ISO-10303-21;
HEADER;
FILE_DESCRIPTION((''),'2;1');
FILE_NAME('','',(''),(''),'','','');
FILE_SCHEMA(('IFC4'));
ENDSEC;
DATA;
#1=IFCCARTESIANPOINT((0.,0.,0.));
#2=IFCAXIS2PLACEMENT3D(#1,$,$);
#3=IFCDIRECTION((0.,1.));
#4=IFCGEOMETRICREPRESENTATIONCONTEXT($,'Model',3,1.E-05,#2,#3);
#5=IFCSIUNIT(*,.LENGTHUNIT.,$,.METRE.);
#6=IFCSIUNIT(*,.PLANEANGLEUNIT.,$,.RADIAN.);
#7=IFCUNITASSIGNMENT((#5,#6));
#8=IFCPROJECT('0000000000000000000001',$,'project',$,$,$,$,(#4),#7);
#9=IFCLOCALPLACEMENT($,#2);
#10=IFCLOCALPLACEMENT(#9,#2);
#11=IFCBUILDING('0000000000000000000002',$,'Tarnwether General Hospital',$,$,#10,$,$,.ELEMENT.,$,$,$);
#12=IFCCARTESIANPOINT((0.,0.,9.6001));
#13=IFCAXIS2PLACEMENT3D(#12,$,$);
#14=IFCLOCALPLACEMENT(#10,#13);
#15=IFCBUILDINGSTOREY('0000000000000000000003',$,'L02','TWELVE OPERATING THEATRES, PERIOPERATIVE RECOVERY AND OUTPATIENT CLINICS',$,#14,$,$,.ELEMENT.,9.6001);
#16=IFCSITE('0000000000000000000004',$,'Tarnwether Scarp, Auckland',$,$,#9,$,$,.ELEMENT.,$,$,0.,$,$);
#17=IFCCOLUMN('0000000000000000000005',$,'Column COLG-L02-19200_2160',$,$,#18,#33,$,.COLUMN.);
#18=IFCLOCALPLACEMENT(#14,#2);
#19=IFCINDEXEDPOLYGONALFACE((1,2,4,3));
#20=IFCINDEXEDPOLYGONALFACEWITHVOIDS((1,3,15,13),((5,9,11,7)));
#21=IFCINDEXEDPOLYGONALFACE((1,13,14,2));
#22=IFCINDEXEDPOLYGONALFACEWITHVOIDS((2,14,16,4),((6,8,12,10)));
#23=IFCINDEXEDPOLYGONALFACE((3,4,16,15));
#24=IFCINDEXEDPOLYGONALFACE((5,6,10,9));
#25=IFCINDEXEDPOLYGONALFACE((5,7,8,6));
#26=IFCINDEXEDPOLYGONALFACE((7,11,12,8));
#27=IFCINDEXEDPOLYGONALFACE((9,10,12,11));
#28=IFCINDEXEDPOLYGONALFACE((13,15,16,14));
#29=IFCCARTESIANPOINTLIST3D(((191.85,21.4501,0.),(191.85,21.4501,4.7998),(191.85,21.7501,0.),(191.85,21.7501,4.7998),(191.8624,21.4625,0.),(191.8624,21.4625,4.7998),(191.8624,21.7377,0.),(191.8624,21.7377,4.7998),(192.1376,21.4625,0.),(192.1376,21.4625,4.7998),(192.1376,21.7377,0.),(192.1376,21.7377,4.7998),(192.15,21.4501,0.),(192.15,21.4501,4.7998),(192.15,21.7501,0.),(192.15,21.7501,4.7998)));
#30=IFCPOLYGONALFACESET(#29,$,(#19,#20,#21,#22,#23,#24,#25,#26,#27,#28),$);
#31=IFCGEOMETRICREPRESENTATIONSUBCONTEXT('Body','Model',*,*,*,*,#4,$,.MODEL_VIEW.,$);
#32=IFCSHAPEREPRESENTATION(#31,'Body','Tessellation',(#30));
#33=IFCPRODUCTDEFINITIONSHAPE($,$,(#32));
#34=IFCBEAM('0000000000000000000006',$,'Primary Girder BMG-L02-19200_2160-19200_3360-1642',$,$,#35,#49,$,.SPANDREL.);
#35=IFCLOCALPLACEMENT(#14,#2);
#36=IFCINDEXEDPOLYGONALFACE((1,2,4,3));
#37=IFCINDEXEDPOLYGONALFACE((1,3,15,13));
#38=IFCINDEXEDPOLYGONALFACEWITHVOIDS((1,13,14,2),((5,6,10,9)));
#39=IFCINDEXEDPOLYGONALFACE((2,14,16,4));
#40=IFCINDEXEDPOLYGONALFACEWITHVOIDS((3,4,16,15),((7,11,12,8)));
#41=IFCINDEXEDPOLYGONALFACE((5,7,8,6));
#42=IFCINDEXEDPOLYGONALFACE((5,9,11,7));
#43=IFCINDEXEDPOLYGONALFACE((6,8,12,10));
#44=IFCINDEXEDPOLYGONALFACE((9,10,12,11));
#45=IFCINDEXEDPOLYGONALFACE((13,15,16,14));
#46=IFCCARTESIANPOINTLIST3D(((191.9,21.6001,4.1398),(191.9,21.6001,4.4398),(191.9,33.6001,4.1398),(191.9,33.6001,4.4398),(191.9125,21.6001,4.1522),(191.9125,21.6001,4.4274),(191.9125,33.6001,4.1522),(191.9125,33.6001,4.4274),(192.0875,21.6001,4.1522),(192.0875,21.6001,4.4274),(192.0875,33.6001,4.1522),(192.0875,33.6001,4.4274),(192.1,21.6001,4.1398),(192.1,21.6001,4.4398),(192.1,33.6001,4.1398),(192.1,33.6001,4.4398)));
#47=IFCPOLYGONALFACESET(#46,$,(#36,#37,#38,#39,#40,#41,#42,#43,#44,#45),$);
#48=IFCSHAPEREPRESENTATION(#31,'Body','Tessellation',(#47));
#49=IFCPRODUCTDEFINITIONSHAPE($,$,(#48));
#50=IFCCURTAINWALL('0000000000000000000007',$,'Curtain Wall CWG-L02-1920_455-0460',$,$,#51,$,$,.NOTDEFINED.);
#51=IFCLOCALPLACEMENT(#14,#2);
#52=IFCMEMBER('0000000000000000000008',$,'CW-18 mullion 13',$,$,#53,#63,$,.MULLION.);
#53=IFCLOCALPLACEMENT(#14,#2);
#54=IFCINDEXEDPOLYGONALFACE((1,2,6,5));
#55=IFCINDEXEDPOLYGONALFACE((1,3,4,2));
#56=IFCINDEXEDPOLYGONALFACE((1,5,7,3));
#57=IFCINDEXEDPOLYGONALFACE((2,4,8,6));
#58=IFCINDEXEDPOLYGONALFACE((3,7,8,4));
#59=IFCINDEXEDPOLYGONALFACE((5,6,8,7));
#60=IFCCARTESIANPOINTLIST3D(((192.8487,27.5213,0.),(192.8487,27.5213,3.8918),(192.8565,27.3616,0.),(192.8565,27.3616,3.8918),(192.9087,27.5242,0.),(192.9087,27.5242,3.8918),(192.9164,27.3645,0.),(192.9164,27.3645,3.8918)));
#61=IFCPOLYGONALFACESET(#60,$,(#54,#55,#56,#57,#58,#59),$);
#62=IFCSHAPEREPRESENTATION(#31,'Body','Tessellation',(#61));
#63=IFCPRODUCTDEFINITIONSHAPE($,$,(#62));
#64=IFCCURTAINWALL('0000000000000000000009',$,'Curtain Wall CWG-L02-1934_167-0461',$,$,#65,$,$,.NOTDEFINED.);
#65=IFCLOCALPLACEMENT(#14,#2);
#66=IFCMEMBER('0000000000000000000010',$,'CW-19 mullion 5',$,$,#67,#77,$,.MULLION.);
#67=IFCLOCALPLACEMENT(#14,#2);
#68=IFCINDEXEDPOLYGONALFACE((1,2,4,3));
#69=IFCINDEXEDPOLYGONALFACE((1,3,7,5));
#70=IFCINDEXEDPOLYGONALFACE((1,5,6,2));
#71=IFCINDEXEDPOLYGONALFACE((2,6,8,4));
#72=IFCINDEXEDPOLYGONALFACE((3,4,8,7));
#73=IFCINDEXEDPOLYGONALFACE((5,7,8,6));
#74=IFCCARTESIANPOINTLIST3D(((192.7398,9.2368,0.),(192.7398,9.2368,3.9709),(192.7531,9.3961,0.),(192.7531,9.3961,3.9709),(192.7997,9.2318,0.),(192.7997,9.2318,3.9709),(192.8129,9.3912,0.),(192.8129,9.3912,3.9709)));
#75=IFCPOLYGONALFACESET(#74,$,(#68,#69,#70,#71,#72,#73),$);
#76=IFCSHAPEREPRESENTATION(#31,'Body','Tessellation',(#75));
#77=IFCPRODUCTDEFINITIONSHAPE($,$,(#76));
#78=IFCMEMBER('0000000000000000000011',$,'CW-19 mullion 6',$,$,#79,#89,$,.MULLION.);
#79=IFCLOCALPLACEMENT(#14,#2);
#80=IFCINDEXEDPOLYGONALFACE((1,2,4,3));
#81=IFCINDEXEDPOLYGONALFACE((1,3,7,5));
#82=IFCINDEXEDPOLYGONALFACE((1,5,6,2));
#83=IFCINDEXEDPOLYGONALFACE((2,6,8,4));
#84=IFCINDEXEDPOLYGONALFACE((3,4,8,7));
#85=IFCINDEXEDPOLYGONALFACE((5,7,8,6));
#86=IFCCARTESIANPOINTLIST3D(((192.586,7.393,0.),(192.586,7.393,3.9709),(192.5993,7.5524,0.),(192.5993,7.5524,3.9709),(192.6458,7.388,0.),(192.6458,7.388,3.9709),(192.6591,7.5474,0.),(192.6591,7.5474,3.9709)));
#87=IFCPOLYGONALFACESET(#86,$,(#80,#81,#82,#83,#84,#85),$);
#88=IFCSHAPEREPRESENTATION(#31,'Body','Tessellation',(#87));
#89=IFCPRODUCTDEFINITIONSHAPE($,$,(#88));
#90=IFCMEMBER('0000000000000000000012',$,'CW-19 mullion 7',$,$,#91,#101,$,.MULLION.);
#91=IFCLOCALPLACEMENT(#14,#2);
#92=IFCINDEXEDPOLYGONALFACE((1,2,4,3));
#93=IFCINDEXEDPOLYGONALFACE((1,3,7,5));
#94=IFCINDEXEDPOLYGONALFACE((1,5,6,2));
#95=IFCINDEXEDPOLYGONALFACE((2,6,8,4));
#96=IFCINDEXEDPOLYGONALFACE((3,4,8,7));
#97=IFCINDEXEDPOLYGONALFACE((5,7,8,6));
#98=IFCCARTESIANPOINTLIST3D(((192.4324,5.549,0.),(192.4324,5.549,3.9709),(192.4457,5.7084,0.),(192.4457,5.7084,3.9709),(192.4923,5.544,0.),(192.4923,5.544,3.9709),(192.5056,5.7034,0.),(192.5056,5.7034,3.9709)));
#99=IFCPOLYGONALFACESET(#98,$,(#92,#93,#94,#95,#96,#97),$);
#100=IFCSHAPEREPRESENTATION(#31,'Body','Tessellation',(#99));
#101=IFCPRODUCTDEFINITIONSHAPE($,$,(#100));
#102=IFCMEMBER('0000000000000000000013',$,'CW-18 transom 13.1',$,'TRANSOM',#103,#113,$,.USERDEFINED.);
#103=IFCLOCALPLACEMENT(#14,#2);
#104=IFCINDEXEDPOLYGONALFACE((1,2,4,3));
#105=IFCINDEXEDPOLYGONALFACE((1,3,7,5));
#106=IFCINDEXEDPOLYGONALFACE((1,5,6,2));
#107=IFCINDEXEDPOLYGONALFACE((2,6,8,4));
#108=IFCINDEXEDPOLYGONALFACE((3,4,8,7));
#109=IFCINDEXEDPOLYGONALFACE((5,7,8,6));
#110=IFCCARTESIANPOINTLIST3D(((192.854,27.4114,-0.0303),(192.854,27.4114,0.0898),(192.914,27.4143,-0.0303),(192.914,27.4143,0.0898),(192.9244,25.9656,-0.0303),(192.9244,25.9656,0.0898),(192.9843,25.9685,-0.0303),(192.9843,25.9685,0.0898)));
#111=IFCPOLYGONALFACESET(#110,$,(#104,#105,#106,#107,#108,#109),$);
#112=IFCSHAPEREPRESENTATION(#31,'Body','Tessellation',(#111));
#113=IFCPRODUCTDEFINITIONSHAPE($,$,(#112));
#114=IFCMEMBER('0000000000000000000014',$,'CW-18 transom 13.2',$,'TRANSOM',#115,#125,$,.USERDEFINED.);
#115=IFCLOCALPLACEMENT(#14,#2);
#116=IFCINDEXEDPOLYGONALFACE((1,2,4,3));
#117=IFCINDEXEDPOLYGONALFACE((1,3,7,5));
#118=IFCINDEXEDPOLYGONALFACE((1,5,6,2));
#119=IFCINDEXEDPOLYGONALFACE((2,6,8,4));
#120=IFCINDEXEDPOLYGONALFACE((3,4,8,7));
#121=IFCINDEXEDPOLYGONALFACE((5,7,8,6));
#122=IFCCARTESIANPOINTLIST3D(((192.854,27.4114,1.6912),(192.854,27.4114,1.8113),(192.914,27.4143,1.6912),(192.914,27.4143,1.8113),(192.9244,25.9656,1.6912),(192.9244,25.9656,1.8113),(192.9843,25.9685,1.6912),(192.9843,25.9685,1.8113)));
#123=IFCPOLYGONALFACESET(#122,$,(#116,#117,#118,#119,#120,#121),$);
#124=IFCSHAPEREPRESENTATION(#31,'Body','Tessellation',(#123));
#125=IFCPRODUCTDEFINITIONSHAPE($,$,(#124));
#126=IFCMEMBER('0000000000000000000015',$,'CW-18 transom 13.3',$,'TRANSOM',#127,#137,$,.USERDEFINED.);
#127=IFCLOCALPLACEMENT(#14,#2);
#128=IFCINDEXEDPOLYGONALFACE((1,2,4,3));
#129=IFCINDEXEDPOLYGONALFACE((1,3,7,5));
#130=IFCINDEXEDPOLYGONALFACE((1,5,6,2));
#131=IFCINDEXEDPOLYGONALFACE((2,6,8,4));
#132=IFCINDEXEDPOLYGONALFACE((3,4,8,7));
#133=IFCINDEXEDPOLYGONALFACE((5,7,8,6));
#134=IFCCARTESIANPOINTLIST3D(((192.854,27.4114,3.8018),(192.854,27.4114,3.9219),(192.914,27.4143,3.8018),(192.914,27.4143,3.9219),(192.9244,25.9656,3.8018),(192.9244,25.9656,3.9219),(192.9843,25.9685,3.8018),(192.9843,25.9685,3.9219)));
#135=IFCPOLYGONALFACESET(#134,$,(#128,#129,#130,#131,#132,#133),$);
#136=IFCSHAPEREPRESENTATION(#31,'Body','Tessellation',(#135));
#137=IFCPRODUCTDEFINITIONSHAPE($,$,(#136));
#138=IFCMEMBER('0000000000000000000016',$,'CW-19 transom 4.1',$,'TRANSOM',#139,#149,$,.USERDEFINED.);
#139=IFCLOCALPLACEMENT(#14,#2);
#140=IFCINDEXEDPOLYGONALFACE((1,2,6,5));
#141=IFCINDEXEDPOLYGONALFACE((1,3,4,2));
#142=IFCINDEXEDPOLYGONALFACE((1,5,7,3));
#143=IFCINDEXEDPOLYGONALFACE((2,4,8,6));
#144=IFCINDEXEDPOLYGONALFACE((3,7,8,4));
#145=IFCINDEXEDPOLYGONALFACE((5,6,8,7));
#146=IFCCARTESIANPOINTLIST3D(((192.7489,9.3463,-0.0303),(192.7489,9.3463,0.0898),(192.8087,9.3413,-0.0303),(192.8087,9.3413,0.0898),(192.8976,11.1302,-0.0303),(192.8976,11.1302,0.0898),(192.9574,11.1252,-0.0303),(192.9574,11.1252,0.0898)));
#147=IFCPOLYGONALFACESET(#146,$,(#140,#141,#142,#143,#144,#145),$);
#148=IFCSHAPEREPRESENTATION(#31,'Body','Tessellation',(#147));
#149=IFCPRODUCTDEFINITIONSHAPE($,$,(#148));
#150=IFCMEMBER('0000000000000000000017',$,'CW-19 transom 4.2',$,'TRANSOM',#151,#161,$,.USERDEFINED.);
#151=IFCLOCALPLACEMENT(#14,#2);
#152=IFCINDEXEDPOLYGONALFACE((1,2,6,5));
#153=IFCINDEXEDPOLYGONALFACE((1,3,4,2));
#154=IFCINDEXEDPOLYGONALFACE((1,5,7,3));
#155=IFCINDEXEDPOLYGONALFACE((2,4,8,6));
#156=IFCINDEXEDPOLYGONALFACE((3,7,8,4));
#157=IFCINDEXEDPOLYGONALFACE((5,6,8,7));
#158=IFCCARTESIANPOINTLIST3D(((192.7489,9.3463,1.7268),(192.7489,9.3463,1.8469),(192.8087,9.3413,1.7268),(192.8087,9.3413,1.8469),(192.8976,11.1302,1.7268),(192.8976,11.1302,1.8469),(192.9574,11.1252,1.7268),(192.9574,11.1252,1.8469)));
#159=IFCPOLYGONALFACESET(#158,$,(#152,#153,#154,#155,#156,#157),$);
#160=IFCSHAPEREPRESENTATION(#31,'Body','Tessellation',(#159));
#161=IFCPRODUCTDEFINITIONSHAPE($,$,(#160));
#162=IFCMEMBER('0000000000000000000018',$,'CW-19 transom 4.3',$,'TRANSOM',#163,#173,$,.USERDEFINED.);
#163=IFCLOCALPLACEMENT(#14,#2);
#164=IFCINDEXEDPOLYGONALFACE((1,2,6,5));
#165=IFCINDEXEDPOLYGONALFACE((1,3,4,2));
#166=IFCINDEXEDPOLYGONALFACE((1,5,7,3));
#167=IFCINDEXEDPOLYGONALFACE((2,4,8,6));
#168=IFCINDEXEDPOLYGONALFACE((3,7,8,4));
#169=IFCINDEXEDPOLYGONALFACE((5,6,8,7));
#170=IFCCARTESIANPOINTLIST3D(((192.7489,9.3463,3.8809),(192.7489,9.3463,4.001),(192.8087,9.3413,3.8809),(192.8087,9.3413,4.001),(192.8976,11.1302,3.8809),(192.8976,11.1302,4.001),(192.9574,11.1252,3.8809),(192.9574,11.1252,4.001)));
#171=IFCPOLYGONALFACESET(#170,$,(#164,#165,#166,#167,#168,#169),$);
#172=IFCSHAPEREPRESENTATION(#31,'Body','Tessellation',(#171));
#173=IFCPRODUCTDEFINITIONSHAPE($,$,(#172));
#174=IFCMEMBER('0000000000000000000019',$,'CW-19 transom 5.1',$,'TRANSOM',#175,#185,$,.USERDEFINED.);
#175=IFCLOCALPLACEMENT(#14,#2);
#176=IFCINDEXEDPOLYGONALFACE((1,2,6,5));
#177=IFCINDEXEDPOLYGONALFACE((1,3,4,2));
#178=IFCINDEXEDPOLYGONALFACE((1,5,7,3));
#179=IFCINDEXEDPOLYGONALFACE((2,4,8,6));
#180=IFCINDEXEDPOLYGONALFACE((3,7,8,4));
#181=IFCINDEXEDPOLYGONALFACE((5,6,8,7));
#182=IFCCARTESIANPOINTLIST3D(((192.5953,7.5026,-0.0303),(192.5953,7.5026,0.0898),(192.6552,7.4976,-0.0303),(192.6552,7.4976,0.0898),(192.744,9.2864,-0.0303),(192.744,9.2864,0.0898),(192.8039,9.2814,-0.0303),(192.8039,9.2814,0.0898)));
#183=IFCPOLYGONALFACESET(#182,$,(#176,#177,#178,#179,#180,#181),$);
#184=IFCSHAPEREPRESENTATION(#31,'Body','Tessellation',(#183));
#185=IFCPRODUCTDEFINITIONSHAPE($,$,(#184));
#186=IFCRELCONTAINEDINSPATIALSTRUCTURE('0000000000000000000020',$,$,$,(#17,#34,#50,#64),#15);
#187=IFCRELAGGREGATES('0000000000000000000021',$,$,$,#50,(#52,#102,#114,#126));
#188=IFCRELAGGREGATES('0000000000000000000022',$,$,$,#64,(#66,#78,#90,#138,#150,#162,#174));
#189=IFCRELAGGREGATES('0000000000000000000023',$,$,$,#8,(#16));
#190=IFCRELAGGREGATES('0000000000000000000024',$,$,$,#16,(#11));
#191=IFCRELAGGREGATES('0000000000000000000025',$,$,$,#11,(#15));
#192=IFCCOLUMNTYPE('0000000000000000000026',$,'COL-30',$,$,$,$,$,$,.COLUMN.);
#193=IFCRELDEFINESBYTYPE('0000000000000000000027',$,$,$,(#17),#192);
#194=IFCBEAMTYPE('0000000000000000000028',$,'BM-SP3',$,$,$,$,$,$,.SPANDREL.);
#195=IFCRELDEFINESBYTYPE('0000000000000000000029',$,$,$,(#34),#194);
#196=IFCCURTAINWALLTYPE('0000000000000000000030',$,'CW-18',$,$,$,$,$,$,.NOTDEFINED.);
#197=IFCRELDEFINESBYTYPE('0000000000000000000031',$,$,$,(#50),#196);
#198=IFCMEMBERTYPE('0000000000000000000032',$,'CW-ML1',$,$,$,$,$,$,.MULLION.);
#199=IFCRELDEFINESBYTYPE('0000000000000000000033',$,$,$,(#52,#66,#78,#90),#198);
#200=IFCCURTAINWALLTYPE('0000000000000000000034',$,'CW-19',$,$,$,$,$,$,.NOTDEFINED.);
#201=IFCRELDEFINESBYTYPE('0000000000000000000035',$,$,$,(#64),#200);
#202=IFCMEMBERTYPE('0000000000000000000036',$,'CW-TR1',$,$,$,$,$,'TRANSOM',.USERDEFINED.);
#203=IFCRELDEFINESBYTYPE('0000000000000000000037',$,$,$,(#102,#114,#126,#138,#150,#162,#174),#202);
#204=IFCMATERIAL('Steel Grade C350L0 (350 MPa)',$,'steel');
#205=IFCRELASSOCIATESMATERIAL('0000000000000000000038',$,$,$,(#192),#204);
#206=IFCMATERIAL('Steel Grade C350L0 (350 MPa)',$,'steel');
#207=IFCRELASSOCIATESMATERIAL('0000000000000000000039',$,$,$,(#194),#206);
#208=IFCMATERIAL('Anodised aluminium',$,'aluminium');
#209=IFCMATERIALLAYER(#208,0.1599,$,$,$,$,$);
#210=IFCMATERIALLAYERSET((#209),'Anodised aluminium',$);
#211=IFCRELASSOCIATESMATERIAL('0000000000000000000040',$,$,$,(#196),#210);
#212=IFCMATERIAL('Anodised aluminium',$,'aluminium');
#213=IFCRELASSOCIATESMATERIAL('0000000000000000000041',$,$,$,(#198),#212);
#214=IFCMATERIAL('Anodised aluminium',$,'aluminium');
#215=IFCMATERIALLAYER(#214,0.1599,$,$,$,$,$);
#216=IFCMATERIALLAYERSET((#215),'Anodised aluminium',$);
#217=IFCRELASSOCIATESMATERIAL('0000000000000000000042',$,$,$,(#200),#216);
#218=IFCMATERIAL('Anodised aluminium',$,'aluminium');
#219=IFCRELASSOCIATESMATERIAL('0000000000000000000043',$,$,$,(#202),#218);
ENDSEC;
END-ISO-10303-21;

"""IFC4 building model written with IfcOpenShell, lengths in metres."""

from ifc_helpers import new_model, si_unit, direction, frame, origin, origin_2d, place, context, subcontext, project, spatial, rectangle, hollow_rectangle, extrude, material, layer, layer_set, material_profile, profile_set, type_object, element, aggregate, save


model = new_model("IFC4")

# Units and contexts
model_context = context("Model", 3, precision=1e-05, world=origin(), true_north=direction((0.0, 1.0)))
body_context = subcontext(model_context, "Body", "Model", "MODEL_VIEW")
ifc_project = project(units=[si_unit("LENGTHUNIT", "METRE"), si_unit("PLANEANGLEUNIT", "RADIAN")], contexts=[model_context])

# Site, building, storey
site_placement = place(None, origin())
site = spatial("IfcSite", under=ifc_project, at=site_placement, Name="Tarnwether Scarp, Auckland", CompositionType="ELEMENT", RefElevation=0.0)
building_placement = place(site_placement, origin())
building = spatial("IfcBuilding", under=site, at=building_placement, Name="Tarnwether General Hospital", CompositionType="ELEMENT")
storey_placement = place(building_placement, frame((0.0, 0.0, 9.6001)))
storey = spatial("IfcBuildingStorey", under=building, at=storey_placement, Name="L02", Description="TWELVE OPERATING THEATRES, PERIOPERATIVE RECOVERY AND OUTPATIENT CLINICS", CompositionType="ELEMENT", Elevation=9.6001)

# Column
ifc_material_1 = material(Name="Steel Grade C350L0 (350 MPa)", Category="steel")
ifc_material_profile_1 = material_profile(ifc_material_1, hollow_rectangle(XDim=0.3, YDim=0.3, WallThickness=0.0125, at=origin_2d()), Name="SHS300x300x12.5")
ifc_profile_set_1 = profile_set([ifc_material_profile_1], Name="Steel Grade C350L0 (350 MPa)")
column_type = type_object("IfcColumnType", Name="COL-30", PredefinedType="COLUMN", material=ifc_profile_set_1)
column_placement = place(storey_placement, frame((192.0, 21.6001, 0.0), z_axis=(0.0, 0.0, 1.0), x_axis=(1.0, 0.0, 0.0)))
element("IfcColumn", 1, at=column_placement, inside=storey, type_object=column_type, Name="Column COLG-L02-19200_2160", PredefinedType="COLUMN", context=body_context, shape_type="SweptSolid", body=[
    extrude(hollow_rectangle(XDim=0.3, YDim=0.3, WallThickness=0.0125, at=origin_2d()), origin(), (0.0, 0.0, 1.0), 4.7998),
])

# Beam
ifc_material_2 = material(Name="Steel Grade C350L0 (350 MPa)", Category="steel")
ifc_material_profile_2 = material_profile(ifc_material_2, hollow_rectangle(XDim=0.2, YDim=0.3, WallThickness=0.0125, at=origin_2d()), Name="RHS300x200x12.5")
ifc_profile_set_2 = profile_set([ifc_material_profile_2], Name="Steel Grade C350L0 (350 MPa)")
beam_type = type_object("IfcBeamType", Name="BM-SP3", PredefinedType="SPANDREL", material=ifc_profile_set_2)
beam_placement = place(storey_placement, frame((192.0, 21.6001, 4.2898), z_axis=(0.0, 1.0, 0.0), x_axis=(-1.0, 0.0, 0.0)))
element("IfcBeam", 2, at=beam_placement, inside=storey, type_object=beam_type, Name="Primary Girder BMG-L02-19200_2160-19200_3360-1642", PredefinedType="SPANDREL", context=body_context, shape_type="SweptSolid", body=[
    extrude(hollow_rectangle(XDim=0.2, YDim=0.3, WallThickness=0.0125, at=origin_2d()), origin(), (0.0, 0.0, 1.0), 12.0),
])

# Curtain wall, member
ifc_material_3 = material(Name="Anodised aluminium", Category="aluminium")
ifc_layer_1 = layer(ifc_material_3, 0.1599)
ifc_layer_set_1 = layer_set([ifc_layer_1], Name="Anodised aluminium")
curtain_wall_type_1 = type_object("IfcCurtainWallType", Name="CW-18", PredefinedType="NOTDEFINED", material=ifc_layer_set_1)
curtain_wall_1_placement = place(storey_placement, origin())
curtain_wall_1 = element("IfcCurtainWall", 3, at=curtain_wall_1_placement, inside=storey, type_object=curtain_wall_type_1, Name="Curtain Wall CWG-L02-1920_455-0460", PredefinedType="NOTDEFINED")
ifc_material_4 = material(Name="Anodised aluminium", Category="aluminium")
ifc_material_profile_3 = material_profile(ifc_material_4, rectangle(XDim=0.0601, YDim=0.1599, at=origin_2d()), Name="ALU-MUL-60x160")
ifc_profile_set_3 = profile_set([ifc_material_profile_3], Name="Anodised aluminium")
member_type_1 = type_object("IfcMemberType", Name="CW-ML1", PredefinedType="MULLION", material=ifc_profile_set_3)
member_1_placement = place(storey_placement, frame((192.8826, 27.4429, 0.0), z_axis=(0.0, 0.0, 1.0), x_axis=(0.99882, 0.04856, 0.0)))
member_1 = element("IfcMember", 4, at=member_1_placement, type_object=member_type_1, Name="CW-18 mullion 13", PredefinedType="MULLION", context=body_context, shape_type="SweptSolid", body=[
    extrude(rectangle(XDim=0.0601, YDim=0.1599, at=origin_2d()), origin(), (0.0, 0.0, 1.0), 3.8918),
])

# Curtain wall, members
ifc_material_5 = material(Name="Anodised aluminium", Category="aluminium")
ifc_layer_2 = layer(ifc_material_5, 0.1599)
ifc_layer_set_2 = layer_set([ifc_layer_2], Name="Anodised aluminium")
curtain_wall_type_2 = type_object("IfcCurtainWallType", Name="CW-19", PredefinedType="NOTDEFINED", material=ifc_layer_set_2)
curtain_wall_2_placement = place(storey_placement, origin())
curtain_wall_2 = element("IfcCurtainWall", 5, at=curtain_wall_2_placement, inside=storey, type_object=curtain_wall_type_2, Name="Curtain Wall CWG-L02-1934_167-0461", PredefinedType="NOTDEFINED")
member_2_placement = place(storey_placement, frame((192.7764, 9.314, 0.0), z_axis=(0.0, 0.0, 1.0), x_axis=(0.996545, -0.083055, 0.0)))
member_2 = element("IfcMember", 6, at=member_2_placement, type_object=member_type_1, Name="CW-19 mullion 5", PredefinedType="MULLION", context=body_context, shape_type="SweptSolid", body=[
    extrude(rectangle(XDim=0.0601, YDim=0.1599, at=origin_2d()), origin(), (0.0, 0.0, 1.0), 3.9709),
])
member_3_placement = place(storey_placement, frame((192.6226, 7.4702, 0.0), z_axis=(0.0, 0.0, 1.0), x_axis=(0.996545, -0.083055, 0.0)))
member_3 = element("IfcMember", 7, at=member_3_placement, type_object=member_type_1, Name="CW-19 mullion 6", PredefinedType="MULLION", context=body_context, shape_type="SweptSolid", body=[
    extrude(rectangle(XDim=0.0601, YDim=0.1599, at=origin_2d()), origin(), (0.0, 0.0, 1.0), 3.9709),
])
member_4_placement = place(storey_placement, frame((192.469, 5.6262, 0.0), z_axis=(0.0, 0.0, 1.0), x_axis=(0.996545, -0.083055, 0.0)))
member_4 = element("IfcMember", 8, at=member_4_placement, type_object=member_type_1, Name="CW-19 mullion 7", PredefinedType="MULLION", context=body_context, shape_type="SweptSolid", body=[
    extrude(rectangle(XDim=0.0601, YDim=0.1599, at=origin_2d()), origin(), (0.0, 0.0, 1.0), 3.9709),
])

# Members
ifc_material_6 = material(Name="Anodised aluminium", Category="aluminium")
ifc_material_profile_4 = material_profile(ifc_material_6, rectangle(XDim=0.0601, YDim=0.1201, at=origin_2d()), Name="ALU-TRN-60x120")
ifc_profile_set_4 = profile_set([ifc_material_profile_4], Name="Anodised aluminium")
member_type_2 = type_object("IfcMemberType", Name="CW-TR1", ElementType="TRANSOM", PredefinedType="USERDEFINED", material=ifc_profile_set_4)
member_5_placement = place(storey_placement, frame((192.884, 27.4128, 0.0298), z_axis=(0.048575, -0.99882, 0.0), x_axis=(0.99882, 0.048575, 0.0)))
member_5 = element("IfcMember", 9, at=member_5_placement, type_object=member_type_2, Name="CW-18 transom 13.1", ObjectType="TRANSOM", PredefinedType="USERDEFINED", context=body_context, shape_type="SweptSolid", body=[
    extrude(rectangle(XDim=0.0601, YDim=0.1201, at=origin_2d()), origin(), (0.0, 0.0, 1.0), 1.4475),
])
member_6_placement = place(storey_placement, frame((192.884, 27.4128, 1.7512), z_axis=(0.048575, -0.99882, 0.0), x_axis=(0.99882, 0.048575, 0.0)))
member_6 = element("IfcMember", 10, at=member_6_placement, type_object=member_type_2, Name="CW-18 transom 13.2", ObjectType="TRANSOM", PredefinedType="USERDEFINED", context=body_context, shape_type="SweptSolid", body=[
    extrude(rectangle(XDim=0.0601, YDim=0.1201, at=origin_2d()), origin(), (0.0, 0.0, 1.0), 1.4475),
])
member_7_placement = place(storey_placement, frame((192.884, 27.4128, 3.8618), z_axis=(0.048575, -0.99882, 0.0), x_axis=(0.99882, 0.048575, 0.0)))
member_7 = element("IfcMember", 11, at=member_7_placement, type_object=member_type_2, Name="CW-18 transom 13.3", ObjectType="TRANSOM", PredefinedType="USERDEFINED", context=body_context, shape_type="SweptSolid", body=[
    extrude(rectangle(XDim=0.0601, YDim=0.1201, at=origin_2d()), origin(), (0.0, 0.0, 1.0), 1.4475),
])
member_8_placement = place(storey_placement, frame((192.9275, 11.1277, 0.0298), z_axis=(-0.083057, -0.996545, 0.0), x_axis=(0.996545, -0.083057, 0.0)))
member_8 = element("IfcMember", 12, at=member_8_placement, type_object=member_type_2, Name="CW-19 transom 4.1", ObjectType="TRANSOM", PredefinedType="USERDEFINED", context=body_context, shape_type="SweptSolid", body=[
    extrude(rectangle(XDim=0.0601, YDim=0.1201, at=origin_2d()), origin(), (0.0, 0.0, 1.0), 1.79),
])
member_9_placement = place(storey_placement, frame((192.9275, 11.1277, 1.7869), z_axis=(-0.083057, -0.996545, 0.0), x_axis=(0.996545, -0.083057, 0.0)))
member_9 = element("IfcMember", 13, at=member_9_placement, type_object=member_type_2, Name="CW-19 transom 4.2", ObjectType="TRANSOM", PredefinedType="USERDEFINED", context=body_context, shape_type="SweptSolid", body=[
    extrude(rectangle(XDim=0.0601, YDim=0.1201, at=origin_2d()), origin(), (0.0, 0.0, 1.0), 1.79),
])
member_10_placement = place(storey_placement, frame((192.9275, 11.1277, 3.9409), z_axis=(-0.083057, -0.996545, 0.0), x_axis=(0.996545, -0.083057, 0.0)))
member_10 = element("IfcMember", 14, at=member_10_placement, type_object=member_type_2, Name="CW-19 transom 4.3", ObjectType="TRANSOM", PredefinedType="USERDEFINED", context=body_context, shape_type="SweptSolid", body=[
    extrude(rectangle(XDim=0.0601, YDim=0.1201, at=origin_2d()), origin(), (0.0, 0.0, 1.0), 1.79),
])
member_11_placement = place(storey_placement, frame((192.7739, 9.2839, 0.0298), z_axis=(-0.083057, -0.996545, 0.0), x_axis=(0.996545, -0.083057, 0.0)))
member_11 = element("IfcMember", 15, at=member_11_placement, type_object=member_type_2, Name="CW-19 transom 5.1", ObjectType="TRANSOM", PredefinedType="USERDEFINED", context=body_context, shape_type="SweptSolid", body=[
    extrude(rectangle(XDim=0.0601, YDim=0.1201, at=origin_2d()), origin(), (0.0, 0.0, 1.0), 1.79),
])

aggregate(curtain_wall_1, [member_1, member_5, member_6, member_7])
aggregate(curtain_wall_2, [member_2, member_3, member_4, member_8, member_9, member_10, member_11])

save(model, "model.ifc")
